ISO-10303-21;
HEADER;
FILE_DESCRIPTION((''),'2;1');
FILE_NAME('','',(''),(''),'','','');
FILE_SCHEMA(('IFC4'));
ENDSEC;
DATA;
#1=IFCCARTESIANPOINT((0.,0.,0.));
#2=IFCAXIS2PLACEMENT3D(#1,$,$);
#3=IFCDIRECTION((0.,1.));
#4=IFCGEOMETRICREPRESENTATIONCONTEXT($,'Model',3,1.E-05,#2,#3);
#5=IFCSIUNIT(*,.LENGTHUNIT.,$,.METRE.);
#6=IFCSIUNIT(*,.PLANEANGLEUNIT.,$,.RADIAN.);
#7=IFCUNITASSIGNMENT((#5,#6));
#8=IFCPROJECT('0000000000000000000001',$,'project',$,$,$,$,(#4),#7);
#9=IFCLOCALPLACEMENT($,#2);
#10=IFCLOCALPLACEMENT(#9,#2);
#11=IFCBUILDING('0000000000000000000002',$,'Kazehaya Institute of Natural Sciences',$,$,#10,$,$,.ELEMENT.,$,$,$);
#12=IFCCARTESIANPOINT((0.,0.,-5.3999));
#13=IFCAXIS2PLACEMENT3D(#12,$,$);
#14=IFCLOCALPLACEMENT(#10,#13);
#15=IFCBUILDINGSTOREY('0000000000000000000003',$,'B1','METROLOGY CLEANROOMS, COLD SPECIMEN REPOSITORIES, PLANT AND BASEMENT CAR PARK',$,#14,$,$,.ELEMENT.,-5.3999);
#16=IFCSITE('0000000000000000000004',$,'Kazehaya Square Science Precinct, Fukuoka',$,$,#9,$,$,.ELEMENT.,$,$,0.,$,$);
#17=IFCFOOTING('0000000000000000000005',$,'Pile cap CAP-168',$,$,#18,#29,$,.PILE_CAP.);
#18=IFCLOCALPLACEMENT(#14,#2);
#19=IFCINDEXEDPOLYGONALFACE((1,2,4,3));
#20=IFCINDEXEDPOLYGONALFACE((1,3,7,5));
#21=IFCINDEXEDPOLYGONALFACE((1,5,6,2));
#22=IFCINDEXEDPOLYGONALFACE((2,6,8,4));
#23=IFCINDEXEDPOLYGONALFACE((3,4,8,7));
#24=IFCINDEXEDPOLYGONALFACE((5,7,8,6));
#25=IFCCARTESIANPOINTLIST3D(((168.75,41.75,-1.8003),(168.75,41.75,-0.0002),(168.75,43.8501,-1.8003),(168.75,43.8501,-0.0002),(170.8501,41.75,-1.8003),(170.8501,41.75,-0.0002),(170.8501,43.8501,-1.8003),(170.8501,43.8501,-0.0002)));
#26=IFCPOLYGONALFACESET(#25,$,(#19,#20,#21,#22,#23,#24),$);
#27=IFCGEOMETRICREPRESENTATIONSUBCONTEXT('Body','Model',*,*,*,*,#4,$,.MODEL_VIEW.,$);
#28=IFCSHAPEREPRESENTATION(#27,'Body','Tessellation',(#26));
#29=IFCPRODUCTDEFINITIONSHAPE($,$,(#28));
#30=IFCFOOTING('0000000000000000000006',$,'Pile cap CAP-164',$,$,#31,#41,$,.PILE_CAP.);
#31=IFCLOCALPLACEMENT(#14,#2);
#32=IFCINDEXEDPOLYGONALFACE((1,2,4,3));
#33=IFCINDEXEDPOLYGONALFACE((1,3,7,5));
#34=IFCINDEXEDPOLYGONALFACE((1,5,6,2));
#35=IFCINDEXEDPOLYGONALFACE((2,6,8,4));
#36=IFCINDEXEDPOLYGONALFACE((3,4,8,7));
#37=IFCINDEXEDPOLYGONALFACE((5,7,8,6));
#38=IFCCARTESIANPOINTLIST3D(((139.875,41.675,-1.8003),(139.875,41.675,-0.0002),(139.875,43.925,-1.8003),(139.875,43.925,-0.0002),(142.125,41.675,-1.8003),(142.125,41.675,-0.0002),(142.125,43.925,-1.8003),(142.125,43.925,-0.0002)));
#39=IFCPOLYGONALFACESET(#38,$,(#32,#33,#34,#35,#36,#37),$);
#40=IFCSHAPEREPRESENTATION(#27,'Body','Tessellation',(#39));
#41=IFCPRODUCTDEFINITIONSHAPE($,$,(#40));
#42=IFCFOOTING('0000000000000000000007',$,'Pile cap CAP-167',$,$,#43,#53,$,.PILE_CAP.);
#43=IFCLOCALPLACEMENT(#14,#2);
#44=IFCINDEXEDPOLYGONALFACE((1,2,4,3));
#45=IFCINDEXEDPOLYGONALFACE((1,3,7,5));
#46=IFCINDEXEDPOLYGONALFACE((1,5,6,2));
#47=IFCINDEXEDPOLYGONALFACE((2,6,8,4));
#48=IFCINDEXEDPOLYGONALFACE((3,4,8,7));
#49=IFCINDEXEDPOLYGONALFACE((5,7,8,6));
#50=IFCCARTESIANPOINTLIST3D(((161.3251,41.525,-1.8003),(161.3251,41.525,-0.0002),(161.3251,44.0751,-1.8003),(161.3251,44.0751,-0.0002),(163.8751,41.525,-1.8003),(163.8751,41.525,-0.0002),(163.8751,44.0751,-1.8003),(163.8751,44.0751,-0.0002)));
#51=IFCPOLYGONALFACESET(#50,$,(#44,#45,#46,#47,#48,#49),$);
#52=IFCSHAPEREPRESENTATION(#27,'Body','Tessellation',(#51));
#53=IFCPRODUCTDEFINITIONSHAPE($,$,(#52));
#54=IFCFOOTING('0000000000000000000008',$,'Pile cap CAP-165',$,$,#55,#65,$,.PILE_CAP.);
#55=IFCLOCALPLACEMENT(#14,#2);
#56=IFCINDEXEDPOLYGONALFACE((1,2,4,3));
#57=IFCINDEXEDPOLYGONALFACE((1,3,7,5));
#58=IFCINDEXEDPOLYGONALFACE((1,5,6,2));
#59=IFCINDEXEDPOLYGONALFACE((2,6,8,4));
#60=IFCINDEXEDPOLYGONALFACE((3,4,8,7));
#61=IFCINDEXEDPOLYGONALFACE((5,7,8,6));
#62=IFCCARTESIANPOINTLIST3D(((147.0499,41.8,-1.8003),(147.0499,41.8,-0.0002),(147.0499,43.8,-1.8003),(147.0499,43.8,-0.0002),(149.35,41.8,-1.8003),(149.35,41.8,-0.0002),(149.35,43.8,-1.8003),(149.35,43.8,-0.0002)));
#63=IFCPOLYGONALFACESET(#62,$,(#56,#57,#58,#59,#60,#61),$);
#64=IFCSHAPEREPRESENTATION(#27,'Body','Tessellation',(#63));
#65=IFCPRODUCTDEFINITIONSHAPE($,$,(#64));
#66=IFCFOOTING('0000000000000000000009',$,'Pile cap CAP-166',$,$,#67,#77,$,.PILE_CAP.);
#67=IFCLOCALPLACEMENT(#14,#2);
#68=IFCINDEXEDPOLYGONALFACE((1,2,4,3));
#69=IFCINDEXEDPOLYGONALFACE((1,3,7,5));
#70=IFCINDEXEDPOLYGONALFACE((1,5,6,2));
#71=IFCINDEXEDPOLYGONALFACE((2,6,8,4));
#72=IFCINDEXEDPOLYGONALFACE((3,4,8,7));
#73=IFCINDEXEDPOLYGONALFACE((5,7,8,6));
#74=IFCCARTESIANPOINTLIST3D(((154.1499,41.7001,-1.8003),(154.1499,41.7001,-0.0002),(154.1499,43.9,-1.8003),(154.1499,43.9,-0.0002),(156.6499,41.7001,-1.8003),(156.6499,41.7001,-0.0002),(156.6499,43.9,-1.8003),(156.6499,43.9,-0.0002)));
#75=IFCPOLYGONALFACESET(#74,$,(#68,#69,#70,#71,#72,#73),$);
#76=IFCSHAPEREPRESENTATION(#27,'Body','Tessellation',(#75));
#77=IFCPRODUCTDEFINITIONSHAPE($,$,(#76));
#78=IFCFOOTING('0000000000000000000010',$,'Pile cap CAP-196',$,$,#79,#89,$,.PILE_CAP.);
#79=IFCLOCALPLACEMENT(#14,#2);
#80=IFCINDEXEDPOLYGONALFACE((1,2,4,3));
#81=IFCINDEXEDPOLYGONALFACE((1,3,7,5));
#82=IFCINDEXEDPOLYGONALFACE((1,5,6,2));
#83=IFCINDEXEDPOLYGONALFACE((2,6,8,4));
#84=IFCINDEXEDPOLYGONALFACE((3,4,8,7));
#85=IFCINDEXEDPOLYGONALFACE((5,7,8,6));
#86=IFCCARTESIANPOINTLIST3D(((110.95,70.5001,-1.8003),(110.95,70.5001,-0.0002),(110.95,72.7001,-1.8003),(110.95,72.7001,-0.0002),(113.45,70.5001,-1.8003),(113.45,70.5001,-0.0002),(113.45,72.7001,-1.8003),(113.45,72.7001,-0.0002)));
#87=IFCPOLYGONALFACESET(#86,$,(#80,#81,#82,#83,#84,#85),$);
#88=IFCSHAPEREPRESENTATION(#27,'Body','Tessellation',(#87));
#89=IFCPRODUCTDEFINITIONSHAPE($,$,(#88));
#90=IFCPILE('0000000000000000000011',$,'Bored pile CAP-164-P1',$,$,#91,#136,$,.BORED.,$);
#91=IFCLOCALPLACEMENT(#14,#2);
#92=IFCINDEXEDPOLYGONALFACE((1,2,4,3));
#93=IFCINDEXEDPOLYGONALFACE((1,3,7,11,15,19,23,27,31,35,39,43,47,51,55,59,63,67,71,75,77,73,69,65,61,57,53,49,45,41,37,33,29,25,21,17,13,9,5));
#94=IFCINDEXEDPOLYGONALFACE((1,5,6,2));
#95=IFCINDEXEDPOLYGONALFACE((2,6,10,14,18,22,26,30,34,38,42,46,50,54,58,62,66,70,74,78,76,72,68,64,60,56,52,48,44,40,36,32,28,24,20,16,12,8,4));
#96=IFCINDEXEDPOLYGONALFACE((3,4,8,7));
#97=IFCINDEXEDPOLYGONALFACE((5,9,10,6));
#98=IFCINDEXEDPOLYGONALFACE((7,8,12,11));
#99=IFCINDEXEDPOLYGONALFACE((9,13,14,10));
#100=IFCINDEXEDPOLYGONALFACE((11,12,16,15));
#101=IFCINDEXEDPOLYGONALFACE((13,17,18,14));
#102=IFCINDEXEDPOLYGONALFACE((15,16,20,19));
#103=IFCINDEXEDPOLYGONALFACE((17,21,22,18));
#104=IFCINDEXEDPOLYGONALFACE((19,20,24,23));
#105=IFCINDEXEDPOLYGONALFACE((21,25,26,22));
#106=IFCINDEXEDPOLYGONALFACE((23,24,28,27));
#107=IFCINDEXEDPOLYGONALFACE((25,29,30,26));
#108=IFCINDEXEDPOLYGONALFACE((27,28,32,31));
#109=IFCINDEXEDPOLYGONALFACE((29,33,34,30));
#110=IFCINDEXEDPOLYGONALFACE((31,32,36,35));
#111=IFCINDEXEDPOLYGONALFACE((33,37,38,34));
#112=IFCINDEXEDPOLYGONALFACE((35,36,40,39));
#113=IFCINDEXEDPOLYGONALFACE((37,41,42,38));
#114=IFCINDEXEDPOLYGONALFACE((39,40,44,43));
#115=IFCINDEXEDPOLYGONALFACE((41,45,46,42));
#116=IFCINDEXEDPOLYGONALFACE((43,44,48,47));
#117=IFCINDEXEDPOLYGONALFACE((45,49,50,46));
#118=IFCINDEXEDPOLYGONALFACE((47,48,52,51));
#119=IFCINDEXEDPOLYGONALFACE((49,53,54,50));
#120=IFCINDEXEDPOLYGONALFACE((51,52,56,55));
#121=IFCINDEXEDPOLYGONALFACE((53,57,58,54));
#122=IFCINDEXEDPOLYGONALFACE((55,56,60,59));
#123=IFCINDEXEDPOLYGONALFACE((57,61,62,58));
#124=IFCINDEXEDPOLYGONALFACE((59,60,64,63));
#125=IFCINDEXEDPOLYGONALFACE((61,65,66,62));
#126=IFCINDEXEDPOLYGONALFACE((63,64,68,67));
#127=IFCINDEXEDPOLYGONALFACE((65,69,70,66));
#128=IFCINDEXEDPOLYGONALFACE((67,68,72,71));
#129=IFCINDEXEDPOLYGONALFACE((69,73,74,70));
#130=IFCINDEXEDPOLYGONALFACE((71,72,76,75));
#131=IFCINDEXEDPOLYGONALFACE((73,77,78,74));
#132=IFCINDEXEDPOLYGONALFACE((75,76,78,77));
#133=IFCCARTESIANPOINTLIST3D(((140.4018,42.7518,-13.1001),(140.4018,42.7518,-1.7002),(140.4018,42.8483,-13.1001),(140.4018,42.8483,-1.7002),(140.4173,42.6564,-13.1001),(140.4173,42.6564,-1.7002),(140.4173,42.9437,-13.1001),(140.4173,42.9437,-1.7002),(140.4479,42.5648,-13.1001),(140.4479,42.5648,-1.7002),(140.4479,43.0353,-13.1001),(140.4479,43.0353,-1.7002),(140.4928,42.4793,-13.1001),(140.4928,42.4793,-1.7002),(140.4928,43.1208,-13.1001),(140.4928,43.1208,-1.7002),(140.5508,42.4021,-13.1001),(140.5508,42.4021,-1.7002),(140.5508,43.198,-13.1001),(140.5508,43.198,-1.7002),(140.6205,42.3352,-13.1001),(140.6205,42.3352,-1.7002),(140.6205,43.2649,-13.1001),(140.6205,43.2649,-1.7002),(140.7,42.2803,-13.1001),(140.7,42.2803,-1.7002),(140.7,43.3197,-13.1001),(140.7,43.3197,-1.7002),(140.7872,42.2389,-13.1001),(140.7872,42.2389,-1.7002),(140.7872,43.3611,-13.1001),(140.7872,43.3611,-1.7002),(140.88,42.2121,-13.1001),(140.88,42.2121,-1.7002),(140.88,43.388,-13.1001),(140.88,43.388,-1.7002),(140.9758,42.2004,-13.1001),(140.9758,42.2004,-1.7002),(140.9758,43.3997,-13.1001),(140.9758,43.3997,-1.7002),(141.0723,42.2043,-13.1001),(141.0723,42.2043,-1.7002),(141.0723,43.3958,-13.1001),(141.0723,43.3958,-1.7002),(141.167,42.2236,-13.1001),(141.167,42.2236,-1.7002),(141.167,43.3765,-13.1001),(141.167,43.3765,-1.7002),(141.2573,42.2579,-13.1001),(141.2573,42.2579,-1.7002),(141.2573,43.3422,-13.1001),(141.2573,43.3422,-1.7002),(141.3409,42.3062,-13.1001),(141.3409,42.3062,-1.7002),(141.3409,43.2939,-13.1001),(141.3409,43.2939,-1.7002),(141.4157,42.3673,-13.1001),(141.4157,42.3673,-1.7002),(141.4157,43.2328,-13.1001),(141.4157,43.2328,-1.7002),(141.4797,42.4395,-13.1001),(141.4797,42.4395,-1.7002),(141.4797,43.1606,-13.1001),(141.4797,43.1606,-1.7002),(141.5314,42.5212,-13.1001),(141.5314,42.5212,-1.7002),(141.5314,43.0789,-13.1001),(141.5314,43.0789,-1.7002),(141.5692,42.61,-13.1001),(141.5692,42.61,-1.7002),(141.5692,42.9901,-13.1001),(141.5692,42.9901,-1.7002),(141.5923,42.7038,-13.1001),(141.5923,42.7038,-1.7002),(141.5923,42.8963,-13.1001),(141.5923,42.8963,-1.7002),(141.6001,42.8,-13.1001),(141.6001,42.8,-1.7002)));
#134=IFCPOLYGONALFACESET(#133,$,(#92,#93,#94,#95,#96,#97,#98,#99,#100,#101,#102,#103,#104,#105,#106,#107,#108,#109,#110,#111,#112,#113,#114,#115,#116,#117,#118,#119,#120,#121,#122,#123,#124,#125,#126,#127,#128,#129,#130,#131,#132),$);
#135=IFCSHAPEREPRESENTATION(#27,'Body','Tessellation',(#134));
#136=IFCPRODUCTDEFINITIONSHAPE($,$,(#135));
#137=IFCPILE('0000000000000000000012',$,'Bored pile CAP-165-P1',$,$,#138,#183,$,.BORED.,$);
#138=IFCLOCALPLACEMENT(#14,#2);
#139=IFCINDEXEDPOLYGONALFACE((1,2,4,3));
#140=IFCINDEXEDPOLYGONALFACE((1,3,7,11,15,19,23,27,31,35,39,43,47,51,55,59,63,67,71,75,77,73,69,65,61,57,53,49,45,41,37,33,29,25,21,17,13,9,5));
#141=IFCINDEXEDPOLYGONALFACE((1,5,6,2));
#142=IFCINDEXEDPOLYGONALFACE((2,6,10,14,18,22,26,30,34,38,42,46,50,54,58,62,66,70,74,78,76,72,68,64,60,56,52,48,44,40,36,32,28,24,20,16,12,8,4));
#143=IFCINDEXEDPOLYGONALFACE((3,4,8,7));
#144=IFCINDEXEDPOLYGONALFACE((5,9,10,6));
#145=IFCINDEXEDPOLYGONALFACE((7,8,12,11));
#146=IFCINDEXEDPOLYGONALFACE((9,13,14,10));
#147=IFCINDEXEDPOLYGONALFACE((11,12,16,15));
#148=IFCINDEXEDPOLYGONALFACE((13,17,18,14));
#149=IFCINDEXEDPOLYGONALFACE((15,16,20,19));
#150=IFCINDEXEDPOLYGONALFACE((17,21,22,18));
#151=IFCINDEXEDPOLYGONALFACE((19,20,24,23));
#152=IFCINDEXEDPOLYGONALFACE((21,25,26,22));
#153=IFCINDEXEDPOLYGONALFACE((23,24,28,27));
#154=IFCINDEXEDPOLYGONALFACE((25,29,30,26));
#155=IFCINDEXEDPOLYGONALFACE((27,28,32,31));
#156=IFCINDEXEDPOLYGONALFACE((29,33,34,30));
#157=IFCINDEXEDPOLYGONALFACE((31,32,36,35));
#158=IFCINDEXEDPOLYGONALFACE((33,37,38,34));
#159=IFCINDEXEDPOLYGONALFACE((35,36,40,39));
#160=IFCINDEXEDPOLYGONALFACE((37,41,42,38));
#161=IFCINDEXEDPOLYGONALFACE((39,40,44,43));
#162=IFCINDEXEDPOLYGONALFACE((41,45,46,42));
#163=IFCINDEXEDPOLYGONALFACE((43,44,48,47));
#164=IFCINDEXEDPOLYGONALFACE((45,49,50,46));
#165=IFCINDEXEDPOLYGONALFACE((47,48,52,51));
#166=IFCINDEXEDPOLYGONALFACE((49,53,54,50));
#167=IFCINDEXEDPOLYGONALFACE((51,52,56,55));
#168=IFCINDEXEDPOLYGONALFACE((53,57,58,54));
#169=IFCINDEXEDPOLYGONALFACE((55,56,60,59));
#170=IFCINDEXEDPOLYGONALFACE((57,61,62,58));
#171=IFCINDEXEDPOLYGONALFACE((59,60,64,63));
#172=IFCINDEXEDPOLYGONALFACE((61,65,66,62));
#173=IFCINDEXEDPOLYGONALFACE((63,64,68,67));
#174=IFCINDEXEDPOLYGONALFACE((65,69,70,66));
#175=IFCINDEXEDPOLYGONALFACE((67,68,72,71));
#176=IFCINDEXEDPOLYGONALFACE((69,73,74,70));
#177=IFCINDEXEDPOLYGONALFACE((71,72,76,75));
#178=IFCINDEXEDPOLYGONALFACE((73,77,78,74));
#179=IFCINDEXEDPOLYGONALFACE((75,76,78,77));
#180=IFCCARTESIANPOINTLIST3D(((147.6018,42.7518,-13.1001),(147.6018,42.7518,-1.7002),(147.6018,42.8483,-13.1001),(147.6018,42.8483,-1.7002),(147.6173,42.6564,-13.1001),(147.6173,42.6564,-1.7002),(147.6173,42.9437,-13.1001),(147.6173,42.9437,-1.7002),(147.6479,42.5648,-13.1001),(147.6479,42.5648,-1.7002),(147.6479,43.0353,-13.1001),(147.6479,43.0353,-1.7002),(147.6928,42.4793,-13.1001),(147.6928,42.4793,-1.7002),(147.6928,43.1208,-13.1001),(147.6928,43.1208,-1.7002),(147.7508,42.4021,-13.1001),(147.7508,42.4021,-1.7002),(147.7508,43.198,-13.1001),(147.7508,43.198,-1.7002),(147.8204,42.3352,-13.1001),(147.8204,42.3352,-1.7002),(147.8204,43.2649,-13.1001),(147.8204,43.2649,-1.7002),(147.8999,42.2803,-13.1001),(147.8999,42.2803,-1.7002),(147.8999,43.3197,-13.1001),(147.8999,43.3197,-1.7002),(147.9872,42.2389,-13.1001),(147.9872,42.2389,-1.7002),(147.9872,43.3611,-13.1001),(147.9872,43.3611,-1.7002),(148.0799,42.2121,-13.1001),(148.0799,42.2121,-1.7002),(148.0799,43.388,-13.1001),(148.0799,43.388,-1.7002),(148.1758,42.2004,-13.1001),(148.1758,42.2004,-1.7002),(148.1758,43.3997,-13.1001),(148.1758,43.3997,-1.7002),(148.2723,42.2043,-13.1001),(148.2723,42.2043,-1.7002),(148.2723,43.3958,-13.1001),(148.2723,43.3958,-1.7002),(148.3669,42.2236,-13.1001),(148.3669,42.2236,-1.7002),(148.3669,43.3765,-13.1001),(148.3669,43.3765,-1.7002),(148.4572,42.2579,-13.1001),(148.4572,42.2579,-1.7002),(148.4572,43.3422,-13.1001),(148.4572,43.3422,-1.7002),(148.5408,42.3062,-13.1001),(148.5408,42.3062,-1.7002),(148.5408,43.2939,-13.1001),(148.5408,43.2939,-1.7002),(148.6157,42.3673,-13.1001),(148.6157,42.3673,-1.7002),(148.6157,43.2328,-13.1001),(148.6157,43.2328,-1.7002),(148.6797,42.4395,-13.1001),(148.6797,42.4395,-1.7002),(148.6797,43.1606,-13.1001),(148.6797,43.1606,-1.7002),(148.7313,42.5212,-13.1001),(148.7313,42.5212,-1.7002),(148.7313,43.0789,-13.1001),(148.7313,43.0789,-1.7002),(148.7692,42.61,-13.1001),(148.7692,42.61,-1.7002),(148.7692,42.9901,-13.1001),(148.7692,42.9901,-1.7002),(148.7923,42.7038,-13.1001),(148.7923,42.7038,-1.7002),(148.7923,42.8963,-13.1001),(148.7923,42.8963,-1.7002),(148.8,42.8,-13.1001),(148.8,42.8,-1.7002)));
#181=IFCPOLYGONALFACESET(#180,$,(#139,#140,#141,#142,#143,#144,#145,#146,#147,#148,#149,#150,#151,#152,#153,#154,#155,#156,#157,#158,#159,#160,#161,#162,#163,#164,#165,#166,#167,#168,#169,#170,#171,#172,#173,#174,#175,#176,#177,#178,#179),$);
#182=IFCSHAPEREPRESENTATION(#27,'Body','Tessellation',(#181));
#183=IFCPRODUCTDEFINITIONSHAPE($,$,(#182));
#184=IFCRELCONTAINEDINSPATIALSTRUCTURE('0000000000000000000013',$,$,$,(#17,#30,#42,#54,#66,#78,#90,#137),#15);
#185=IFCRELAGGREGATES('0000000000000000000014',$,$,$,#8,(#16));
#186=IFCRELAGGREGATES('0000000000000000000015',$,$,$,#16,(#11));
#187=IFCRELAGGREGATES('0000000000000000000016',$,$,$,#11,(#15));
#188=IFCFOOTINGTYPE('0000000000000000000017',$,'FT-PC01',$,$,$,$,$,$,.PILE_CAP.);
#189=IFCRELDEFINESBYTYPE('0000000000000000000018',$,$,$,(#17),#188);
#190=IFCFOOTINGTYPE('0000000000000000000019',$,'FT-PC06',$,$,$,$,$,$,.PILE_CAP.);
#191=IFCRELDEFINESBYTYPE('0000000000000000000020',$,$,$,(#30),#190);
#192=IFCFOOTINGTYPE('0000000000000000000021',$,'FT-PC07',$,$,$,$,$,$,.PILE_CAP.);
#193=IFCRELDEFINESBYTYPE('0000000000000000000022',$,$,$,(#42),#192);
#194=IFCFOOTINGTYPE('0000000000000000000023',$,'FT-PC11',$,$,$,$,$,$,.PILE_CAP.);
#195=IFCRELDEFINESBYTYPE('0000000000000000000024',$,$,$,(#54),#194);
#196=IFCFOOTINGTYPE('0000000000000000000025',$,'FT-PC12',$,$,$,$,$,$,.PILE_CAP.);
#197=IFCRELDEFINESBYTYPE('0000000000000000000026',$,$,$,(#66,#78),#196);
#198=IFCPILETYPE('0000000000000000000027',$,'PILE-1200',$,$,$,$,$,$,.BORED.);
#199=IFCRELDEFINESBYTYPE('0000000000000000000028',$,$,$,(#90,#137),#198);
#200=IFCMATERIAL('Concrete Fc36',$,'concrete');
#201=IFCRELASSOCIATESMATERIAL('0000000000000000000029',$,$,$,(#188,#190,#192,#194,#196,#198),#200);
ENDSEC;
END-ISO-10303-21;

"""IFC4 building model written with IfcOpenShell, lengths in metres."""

from ifc_helpers import new_model, si_unit, direction, frame, origin, origin_2d, place, context, subcontext, project, spatial, rectangle, circle, extrude, material, material_profile, profile_set, type_object, element, save


model = new_model("IFC4")

# Units and contexts
model_context = context("Model", 3, precision=1e-05, world=origin(), true_north=direction((0.0, 1.0)))
body_context = subcontext(model_context, "Body", "Model", "MODEL_VIEW")
ifc_project = project(units=[si_unit("LENGTHUNIT", "METRE"), si_unit("PLANEANGLEUNIT", "RADIAN")], contexts=[model_context])

# Site, building, storey
site_placement = place(None, origin())
site = spatial("IfcSite", under=ifc_project, at=site_placement, Name="Kazehaya Square Science Precinct, Fukuoka", CompositionType="ELEMENT", RefElevation=0.0)
building_placement = place(site_placement, origin())
building = spatial("IfcBuilding", under=site, at=building_placement, Name="Kazehaya Institute of Natural Sciences", CompositionType="ELEMENT")
storey_placement = place(building_placement, frame((0.0, 0.0, -5.3999)))
storey = spatial("IfcBuildingStorey", under=building, at=storey_placement, Name="B1", Description="METROLOGY CLEANROOMS, COLD SPECIMEN REPOSITORIES, PLANT AND BASEMENT CAR PARK", CompositionType="ELEMENT", Elevation=-5.3999)

# Footings
ifc_material_1 = material(Name="Concrete Fc36", Category="concrete")
footing_type_1 = type_object("IfcFootingType", Name="FT-PC01", PredefinedType="PILE_CAP", material=ifc_material_1)
footing_1_placement = place(storey_placement, frame((169.8, 42.8, -1.8003), z_axis=(0.0, 0.0, 1.0), x_axis=(1.0, 0.0, 0.0)))
element("IfcFooting", 1, at=footing_1_placement, inside=storey, type_object=footing_type_1, Name="Pile cap CAP-168", PredefinedType="PILE_CAP", context=body_context, shape_type="SweptSolid", body=[
    extrude(rectangle(XDim=2.1001, YDim=2.1001, at=origin_2d()), origin(), (0.0, 0.0, 1.0), 1.8),
])
footing_type_2 = type_object("IfcFootingType", Name="FT-PC06", PredefinedType="PILE_CAP", material=ifc_material_1)
footing_2_placement = place(storey_placement, frame((141.0, 42.8, -1.8003), z_axis=(0.0, 0.0, 1.0), x_axis=(1.0, 0.0, 0.0)))
element("IfcFooting", 2, at=footing_2_placement, inside=storey, type_object=footing_type_2, Name="Pile cap CAP-164", PredefinedType="PILE_CAP", context=body_context, shape_type="SweptSolid", body=[
    extrude(rectangle(XDim=2.25, YDim=2.25, at=origin_2d()), origin(), (0.0, 0.0, 1.0), 1.8),
])
footing_type_3 = type_object("IfcFootingType", Name="FT-PC07", PredefinedType="PILE_CAP", material=ifc_material_1)
footing_3_placement = place(storey_placement, frame((162.6001, 42.8, -1.8003), z_axis=(0.0, 0.0, 1.0), x_axis=(1.0, 0.0, 0.0)))
element("IfcFooting", 3, at=footing_3_placement, inside=storey, type_object=footing_type_3, Name="Pile cap CAP-167", PredefinedType="PILE_CAP", context=body_context, shape_type="SweptSolid", body=[
    extrude(rectangle(XDim=2.55, YDim=2.55, at=origin_2d()), origin(), (0.0, 0.0, 1.0), 1.8),
])
footing_type_4 = type_object("IfcFootingType", Name="FT-PC11", PredefinedType="PILE_CAP", material=ifc_material_1)
footing_4_placement = place(storey_placement, frame((148.2, 42.8, -1.8003), z_axis=(0.0, 0.0, 1.0), x_axis=(1.0, 0.0, 0.0)))
element("IfcFooting", 4, at=footing_4_placement, inside=storey, type_object=footing_type_4, Name="Pile cap CAP-165", PredefinedType="PILE_CAP", context=body_context, shape_type="SweptSolid", body=[
    extrude(rectangle(XDim=2.3, YDim=2.0, at=origin_2d()), origin(), (0.0, 0.0, 1.0), 1.8),
])
footing_type_5 = type_object("IfcFootingType", Name="FT-PC12", PredefinedType="PILE_CAP", material=ifc_material_1)
for number, where, z_axis, x_axis, name in (
    (5, (155.3999, 42.8, -1.8003), (0.0, 0.0, 1.0), (1.0, 0.0, 0.0), "Pile cap CAP-166"),
    (6, (112.2, 71.6001, -1.8003), (0.0, 0.0, 1.0), (1.0, 0.0, 0.0), "Pile cap CAP-196"),
):
    element("IfcFooting", number, at=place(storey_placement, frame(where, z_axis=z_axis, x_axis=x_axis)), inside=storey, type_object=footing_type_5, Name=name, PredefinedType="PILE_CAP", context=body_context, shape_type="SweptSolid", body=[
        extrude(rectangle(XDim=2.5, YDim=2.2, at=origin_2d()), origin(), (0.0, 0.0, 1.0), 1.8),
    ])

# Piles
ifc_material_profile_1 = material_profile(ifc_material_1, circle(Radius=0.6001, at=origin_2d()), Name="PILE-1200")
ifc_profile_set_1 = profile_set([ifc_material_profile_1], Name="Concrete Fc36")
pile_type_1 = type_object("IfcPileType", Name="PILE-1200", PredefinedType="BORED", material=ifc_profile_set_1)
for number, where, z_axis, x_axis, name in (
    (7, (141.0, 42.8, -1.7002), (0.0, 0.0, -1.0), (1.0, 0.0, 0.0), "Bored pile CAP-164-P1"),
    (8, (148.2, 42.8, -1.7002), (0.0, 0.0, -1.0), (1.0, 0.0, 0.0), "Bored pile CAP-165-P1"),
):
    element("IfcPile", number, at=place(storey_placement, frame(where, z_axis=z_axis, x_axis=x_axis)), inside=storey, type_object=pile_type_1, Name=name, PredefinedType="BORED", context=body_context, shape_type="SweptSolid", body=[
        extrude(circle(Radius=0.6001, at=origin_2d()), origin(), (0.0, 0.0, 1.0), 11.3999),
    ])

save(model, "model.ifc")
